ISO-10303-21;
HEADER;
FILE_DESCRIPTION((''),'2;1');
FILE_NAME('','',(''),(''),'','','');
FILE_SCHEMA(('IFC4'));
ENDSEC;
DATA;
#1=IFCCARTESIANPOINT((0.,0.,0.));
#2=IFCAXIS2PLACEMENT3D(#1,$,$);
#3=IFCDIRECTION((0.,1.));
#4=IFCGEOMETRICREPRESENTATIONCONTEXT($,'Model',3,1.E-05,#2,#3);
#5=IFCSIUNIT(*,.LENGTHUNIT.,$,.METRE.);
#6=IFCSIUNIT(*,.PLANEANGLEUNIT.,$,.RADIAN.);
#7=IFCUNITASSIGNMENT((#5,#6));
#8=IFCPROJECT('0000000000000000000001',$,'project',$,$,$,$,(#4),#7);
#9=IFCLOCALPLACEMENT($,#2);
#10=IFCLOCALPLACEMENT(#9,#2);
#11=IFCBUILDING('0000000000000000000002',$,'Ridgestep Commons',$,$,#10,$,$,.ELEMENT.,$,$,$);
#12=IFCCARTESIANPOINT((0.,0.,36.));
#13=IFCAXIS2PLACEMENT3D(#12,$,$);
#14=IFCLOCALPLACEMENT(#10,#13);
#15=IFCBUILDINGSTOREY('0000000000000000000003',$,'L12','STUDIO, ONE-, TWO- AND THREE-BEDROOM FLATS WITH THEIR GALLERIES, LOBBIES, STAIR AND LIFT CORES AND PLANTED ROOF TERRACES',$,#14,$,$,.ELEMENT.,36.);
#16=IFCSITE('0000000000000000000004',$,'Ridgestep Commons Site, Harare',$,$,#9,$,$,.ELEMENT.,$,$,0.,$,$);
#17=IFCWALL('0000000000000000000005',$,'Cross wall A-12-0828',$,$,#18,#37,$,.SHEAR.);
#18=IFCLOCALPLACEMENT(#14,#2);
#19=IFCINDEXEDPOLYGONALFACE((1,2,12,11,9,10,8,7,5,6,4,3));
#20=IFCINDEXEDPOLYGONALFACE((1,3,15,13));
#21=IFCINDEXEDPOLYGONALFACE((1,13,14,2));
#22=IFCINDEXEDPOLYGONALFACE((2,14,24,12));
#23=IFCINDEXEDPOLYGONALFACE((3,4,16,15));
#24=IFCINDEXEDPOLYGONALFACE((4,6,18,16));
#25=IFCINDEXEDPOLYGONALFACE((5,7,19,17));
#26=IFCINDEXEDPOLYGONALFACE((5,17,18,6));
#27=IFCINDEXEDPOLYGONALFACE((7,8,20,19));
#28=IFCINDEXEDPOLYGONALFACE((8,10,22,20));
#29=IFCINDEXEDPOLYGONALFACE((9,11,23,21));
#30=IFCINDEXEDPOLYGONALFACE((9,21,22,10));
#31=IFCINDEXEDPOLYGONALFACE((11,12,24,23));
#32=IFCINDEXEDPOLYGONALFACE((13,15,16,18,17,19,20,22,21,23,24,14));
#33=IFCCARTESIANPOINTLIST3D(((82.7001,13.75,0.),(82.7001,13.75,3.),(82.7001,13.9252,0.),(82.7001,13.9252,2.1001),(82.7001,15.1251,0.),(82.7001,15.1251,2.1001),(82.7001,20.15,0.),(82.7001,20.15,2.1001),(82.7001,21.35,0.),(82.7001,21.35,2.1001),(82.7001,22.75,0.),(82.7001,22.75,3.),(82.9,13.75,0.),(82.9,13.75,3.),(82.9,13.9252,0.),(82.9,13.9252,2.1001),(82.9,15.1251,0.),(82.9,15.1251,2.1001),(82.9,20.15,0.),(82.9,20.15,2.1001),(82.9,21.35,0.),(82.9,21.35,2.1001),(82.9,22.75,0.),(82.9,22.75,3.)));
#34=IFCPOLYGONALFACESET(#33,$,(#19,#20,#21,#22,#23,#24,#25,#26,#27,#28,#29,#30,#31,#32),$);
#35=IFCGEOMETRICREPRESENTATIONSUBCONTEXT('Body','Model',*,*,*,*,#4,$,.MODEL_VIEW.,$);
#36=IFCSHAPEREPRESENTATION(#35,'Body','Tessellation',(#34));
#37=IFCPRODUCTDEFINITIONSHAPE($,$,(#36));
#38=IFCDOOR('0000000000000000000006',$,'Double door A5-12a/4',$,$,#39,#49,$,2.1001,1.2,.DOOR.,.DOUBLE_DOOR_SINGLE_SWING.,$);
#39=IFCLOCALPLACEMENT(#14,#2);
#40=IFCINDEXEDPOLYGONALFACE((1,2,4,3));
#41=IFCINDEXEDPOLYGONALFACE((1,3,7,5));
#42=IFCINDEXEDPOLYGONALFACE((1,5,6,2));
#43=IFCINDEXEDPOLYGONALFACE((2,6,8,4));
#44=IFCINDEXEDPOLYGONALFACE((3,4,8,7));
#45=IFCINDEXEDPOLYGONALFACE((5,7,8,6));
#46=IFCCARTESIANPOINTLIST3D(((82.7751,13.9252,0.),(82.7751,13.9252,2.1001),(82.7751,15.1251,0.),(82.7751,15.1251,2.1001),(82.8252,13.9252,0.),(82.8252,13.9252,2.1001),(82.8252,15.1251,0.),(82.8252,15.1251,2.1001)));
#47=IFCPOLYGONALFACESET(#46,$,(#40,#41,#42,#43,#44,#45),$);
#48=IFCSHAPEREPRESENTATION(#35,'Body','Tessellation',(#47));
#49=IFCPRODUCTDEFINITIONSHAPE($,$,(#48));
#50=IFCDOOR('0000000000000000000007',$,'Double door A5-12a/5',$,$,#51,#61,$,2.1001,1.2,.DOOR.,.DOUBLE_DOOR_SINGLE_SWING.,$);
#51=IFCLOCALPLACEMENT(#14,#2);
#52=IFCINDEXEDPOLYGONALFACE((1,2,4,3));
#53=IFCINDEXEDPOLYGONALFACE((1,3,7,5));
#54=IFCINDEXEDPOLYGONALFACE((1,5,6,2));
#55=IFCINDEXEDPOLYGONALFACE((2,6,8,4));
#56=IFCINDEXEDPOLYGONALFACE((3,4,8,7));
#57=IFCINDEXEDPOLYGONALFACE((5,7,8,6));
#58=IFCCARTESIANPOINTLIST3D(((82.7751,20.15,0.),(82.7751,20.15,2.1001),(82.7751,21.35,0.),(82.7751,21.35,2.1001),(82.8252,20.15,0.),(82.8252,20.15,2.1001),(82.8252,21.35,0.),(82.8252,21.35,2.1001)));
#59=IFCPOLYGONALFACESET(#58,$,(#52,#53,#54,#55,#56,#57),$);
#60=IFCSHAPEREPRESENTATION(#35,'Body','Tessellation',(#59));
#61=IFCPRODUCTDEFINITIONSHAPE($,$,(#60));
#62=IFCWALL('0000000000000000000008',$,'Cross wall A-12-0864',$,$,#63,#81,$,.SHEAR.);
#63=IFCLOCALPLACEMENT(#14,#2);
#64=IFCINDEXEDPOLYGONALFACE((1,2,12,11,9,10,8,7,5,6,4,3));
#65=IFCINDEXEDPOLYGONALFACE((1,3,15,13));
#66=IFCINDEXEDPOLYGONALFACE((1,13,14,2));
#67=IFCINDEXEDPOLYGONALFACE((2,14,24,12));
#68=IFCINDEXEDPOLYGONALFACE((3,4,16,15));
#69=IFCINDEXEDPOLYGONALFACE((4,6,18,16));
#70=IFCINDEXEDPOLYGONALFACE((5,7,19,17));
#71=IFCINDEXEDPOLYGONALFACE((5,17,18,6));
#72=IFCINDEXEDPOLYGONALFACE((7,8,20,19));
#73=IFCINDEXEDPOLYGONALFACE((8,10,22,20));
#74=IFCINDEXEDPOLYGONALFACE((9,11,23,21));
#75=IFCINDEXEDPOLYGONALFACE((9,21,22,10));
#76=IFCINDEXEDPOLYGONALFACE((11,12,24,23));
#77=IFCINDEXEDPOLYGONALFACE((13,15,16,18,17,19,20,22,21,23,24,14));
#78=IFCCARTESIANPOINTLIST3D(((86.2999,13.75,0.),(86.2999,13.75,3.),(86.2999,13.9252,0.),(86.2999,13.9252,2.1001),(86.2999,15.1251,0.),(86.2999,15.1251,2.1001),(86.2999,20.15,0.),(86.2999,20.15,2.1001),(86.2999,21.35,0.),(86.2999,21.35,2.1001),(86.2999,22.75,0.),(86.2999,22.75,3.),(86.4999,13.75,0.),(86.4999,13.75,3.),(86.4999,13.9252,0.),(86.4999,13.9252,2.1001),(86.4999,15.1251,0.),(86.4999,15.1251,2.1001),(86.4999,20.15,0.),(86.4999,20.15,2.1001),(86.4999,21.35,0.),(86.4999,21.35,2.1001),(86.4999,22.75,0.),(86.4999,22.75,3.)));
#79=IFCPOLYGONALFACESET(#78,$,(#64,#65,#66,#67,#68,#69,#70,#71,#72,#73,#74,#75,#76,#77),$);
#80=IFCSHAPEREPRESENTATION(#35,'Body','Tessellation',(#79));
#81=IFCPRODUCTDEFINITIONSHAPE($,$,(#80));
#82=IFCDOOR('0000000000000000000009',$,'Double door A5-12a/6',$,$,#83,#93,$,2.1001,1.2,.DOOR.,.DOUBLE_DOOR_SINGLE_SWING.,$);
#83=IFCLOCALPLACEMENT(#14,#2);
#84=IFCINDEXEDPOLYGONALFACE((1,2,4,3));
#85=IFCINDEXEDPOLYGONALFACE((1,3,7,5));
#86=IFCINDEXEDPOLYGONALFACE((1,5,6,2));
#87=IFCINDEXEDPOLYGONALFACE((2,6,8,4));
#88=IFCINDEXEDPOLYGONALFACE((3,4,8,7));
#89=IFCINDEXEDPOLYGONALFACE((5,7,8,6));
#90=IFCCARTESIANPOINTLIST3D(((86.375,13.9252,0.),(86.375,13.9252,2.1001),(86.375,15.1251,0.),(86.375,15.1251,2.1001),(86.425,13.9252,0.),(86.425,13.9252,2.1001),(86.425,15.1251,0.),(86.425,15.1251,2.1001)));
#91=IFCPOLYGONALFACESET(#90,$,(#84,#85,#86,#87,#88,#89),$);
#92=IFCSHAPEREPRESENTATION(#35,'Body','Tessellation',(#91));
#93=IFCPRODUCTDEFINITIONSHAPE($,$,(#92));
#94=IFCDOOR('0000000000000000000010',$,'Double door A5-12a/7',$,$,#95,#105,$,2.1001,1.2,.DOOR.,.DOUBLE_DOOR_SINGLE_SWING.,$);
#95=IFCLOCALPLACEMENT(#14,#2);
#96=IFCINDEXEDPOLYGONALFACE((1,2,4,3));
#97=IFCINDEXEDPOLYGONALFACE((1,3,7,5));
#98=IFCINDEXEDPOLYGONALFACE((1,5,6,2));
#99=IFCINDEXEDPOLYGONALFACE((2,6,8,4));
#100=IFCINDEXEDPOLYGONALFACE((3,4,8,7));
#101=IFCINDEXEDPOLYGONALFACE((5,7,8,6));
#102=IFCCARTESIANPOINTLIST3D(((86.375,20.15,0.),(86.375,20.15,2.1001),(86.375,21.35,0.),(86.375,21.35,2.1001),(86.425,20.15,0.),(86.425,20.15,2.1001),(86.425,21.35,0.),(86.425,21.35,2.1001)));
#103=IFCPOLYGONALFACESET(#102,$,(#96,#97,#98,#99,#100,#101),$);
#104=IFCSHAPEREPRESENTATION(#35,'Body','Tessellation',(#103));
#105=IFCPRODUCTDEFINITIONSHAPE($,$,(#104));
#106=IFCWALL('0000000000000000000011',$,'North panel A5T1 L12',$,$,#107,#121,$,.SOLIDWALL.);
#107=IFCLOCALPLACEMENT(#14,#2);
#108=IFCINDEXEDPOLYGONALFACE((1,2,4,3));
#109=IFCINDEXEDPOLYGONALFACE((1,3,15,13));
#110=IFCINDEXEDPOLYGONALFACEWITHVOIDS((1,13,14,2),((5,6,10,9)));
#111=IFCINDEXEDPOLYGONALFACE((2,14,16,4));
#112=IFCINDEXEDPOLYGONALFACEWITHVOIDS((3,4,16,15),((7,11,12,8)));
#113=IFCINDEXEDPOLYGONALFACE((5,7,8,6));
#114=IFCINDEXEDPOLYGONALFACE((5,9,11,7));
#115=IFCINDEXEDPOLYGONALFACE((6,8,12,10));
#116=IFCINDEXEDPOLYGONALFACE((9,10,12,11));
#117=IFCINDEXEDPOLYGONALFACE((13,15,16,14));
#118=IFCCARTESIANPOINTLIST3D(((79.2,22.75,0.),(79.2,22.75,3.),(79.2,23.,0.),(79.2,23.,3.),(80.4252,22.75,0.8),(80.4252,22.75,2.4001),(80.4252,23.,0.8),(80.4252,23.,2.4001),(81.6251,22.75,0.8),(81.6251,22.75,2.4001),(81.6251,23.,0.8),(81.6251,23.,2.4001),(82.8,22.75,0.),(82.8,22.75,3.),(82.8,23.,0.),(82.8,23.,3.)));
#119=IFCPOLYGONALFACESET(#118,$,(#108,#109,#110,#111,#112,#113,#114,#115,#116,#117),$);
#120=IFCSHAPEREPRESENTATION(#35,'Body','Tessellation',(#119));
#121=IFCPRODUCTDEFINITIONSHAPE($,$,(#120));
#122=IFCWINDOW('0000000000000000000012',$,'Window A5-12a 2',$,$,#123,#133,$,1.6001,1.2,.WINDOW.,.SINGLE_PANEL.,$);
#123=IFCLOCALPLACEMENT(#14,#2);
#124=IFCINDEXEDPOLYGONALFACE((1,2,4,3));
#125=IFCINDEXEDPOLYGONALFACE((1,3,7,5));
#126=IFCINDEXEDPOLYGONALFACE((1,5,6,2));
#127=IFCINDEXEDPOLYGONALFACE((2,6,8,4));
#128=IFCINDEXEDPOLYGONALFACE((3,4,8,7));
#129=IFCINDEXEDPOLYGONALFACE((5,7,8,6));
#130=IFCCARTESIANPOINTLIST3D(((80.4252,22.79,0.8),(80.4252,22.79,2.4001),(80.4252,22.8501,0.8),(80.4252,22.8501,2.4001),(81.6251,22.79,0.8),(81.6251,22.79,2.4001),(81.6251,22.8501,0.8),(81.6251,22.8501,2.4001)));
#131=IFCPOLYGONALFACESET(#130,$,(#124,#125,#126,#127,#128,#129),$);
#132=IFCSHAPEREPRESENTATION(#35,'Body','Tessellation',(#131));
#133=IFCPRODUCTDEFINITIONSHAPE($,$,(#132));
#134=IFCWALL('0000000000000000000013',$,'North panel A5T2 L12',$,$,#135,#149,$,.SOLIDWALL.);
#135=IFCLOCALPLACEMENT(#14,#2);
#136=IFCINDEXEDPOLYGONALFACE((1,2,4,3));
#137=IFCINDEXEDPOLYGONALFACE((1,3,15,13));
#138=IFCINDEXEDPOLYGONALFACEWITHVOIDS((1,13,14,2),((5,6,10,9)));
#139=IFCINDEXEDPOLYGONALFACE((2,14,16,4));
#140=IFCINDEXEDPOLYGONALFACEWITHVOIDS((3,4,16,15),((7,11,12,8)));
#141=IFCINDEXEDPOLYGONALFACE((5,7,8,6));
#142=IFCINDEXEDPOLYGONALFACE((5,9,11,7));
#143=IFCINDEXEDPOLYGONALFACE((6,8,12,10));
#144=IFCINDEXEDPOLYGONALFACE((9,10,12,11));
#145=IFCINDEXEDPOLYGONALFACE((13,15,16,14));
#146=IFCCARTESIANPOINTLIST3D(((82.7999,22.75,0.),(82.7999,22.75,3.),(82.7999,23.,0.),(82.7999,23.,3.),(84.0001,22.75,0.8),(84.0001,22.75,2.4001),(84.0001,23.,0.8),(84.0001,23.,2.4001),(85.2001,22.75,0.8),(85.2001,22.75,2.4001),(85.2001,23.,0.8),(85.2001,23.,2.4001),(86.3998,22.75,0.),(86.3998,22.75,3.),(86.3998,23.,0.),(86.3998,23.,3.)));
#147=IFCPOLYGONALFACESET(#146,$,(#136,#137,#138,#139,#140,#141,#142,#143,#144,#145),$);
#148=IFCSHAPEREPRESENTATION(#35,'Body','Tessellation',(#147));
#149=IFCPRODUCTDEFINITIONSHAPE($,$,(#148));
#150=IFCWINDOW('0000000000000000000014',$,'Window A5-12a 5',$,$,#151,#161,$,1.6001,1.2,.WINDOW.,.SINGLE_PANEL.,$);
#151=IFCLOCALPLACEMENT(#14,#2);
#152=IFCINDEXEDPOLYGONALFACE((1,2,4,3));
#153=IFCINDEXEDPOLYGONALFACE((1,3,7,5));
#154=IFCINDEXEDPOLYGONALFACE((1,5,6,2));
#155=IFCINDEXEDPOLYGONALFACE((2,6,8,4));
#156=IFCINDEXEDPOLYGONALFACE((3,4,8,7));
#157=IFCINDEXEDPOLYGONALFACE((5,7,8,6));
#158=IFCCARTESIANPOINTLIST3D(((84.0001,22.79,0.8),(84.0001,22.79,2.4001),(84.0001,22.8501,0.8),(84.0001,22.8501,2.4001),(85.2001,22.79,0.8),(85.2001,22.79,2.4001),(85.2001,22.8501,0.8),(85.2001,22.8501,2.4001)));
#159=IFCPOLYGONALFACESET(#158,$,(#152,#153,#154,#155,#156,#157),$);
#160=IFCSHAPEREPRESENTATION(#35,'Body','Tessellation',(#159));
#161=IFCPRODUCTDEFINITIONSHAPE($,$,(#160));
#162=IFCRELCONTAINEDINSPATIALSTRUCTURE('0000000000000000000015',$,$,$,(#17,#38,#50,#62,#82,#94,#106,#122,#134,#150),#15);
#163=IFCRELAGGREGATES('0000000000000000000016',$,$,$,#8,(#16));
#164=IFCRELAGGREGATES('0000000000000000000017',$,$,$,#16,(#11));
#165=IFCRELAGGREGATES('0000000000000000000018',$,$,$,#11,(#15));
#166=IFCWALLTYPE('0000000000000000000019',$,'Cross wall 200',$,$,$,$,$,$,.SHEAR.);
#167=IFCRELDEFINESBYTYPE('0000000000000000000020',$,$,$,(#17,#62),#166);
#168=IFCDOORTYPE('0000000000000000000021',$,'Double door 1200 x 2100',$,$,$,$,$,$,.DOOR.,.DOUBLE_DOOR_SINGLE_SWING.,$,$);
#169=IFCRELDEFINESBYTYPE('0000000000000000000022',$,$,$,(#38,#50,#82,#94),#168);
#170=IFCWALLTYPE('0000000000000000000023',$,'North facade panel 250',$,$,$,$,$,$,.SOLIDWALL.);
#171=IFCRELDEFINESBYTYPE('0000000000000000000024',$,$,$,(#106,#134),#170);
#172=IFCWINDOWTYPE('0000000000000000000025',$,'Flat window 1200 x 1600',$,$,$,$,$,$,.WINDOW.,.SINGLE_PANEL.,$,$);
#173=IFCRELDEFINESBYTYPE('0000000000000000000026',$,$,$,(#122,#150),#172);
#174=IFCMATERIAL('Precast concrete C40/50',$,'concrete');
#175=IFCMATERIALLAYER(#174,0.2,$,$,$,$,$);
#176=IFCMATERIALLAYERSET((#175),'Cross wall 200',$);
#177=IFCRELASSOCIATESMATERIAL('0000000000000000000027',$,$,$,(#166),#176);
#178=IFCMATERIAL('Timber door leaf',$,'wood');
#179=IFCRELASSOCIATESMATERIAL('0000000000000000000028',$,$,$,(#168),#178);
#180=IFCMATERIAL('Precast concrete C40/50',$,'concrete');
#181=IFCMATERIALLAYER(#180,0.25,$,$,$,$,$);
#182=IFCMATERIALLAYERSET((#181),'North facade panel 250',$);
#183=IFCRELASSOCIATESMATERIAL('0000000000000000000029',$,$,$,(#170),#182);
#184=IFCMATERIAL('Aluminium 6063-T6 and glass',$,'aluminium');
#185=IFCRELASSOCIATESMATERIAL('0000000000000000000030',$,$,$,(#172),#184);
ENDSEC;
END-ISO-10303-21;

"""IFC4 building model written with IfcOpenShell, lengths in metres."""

from ifc_helpers import new_model, si_unit, direction, frame, frame_2d, origin, place, context, subcontext, project, spatial, rectangle, extrude, material, layer, layer_set, type_object, element, fill, save


model = new_model("IFC4")

# Units and contexts
model_context = context("Model", 3, precision=1e-05, world=origin(), true_north=direction((0.0, 1.0)))
body_context = subcontext(model_context, "Body", "Model", "MODEL_VIEW")
ifc_project = project(units=[si_unit("LENGTHUNIT", "METRE"), si_unit("PLANEANGLEUNIT", "RADIAN")], contexts=[model_context])

# Site, building, storey
site_placement = place(None, origin())
site = spatial("IfcSite", under=ifc_project, at=site_placement, Name="Ridgestep Commons Site, Harare", CompositionType="ELEMENT", RefElevation=0.0)
building_placement = place(site_placement, origin())
building = spatial("IfcBuilding", under=site, at=building_placement, Name="Ridgestep Commons", CompositionType="ELEMENT")
storey_placement = place(building_placement, frame((0.0, 0.0, 36.0)))
storey = spatial("IfcBuildingStorey", under=building, at=storey_placement, Name="L12", Description="STUDIO, ONE-, TWO- AND THREE-BEDROOM FLATS WITH THEIR GALLERIES, LOBBIES, STAIR AND LIFT CORES AND PLANTED ROOF TERRACES", CompositionType="ELEMENT", Elevation=36.0)

# Walls, openings, doors
ifc_material_1 = material(Name="Precast concrete C40/50", Category="concrete")
ifc_layer_1 = layer(ifc_material_1, 0.2)
ifc_layer_set_1 = layer_set([ifc_layer_1], Name="Cross wall 200")
wall_type_1 = type_object("IfcWallType", Name="Cross wall 200", PredefinedType="SHEAR", material=ifc_layer_set_1)
wall_1_placement = place(storey_placement, frame((82.8, 13.75, 0.0), z_axis=(0.0, 0.0, 1.0), x_axis=(0.0, 1.0, 0.0)))
wall_1 = element("IfcWall", 1, at=wall_1_placement, inside=storey, type_object=wall_type_1, Name="Cross wall A-12-0828", PredefinedType="SHEAR", context=body_context, shape_type="SweptSolid", body=[
    extrude(rectangle(XDim=9.0, YDim=0.2, at=frame_2d((4.5, 0.0))), origin(), (0.0, 0.0, 1.0), 3.0),
])
opening_1_placement = place(wall_1_placement, frame((0.175, 0.0, 0.0)))
opening_1 = element("IfcOpeningElement", 2, at=opening_1_placement, cuts=wall_1, PredefinedType="OPENING", context=body_context, shape_type="SweptSolid", body=[
    extrude(rectangle(XDim=1.2, YDim=2.1001, at=frame_2d((0.6001, 1.05))), frame((0.0, 0.1099, 0.0), z_axis=(0.0, -1.0, 0.0), x_axis=(1.0, 0.0, 0.0)), (0.0, 0.0, 1.0), 0.22),
])
opening_2_placement = place(wall_1_placement, frame((6.3999, 0.0, 0.0)))
opening_2 = element("IfcOpeningElement", 3, at=opening_2_placement, cuts=wall_1, PredefinedType="OPENING", context=body_context, shape_type="SweptSolid", body=[
    extrude(rectangle(XDim=1.2, YDim=2.1001, at=frame_2d((0.6001, 1.05))), frame((0.0, 0.1099, 0.0), z_axis=(0.0, -1.0, 0.0), x_axis=(1.0, 0.0, 0.0)), (0.0, 0.0, 1.0), 0.22),
])
ifc_material_2 = material(Name="Timber door leaf", Category="wood")
door_type_1 = type_object("IfcDoorType", Name="Double door 1200 x 2100", OperationType="DOUBLE_DOOR_SINGLE_SWING", PredefinedType="DOOR", material=ifc_material_2)
door_1_placement = place(opening_1_placement, origin())
door_1 = element("IfcDoor", 4, at=door_1_placement, inside=storey, type_object=door_type_1, Name="Double door A5-12a/4", OperationType="DOUBLE_DOOR_SINGLE_SWING", OverallHeight=2.1001, OverallWidth=1.2, PredefinedType="DOOR", context=body_context, shape_type="SweptSolid", body=[
    extrude(rectangle(XDim=1.2, YDim=2.1001, at=frame_2d((0.6001, 1.05))), frame((0.0, 0.0249, 0.0), z_axis=(0.0, -1.0, 0.0), x_axis=(1.0, 0.0, 0.0)), (0.0, 0.0, 1.0), 0.05),
])
fill(opening_1, door_1)
door_2_placement = place(opening_2_placement, origin())
door_2 = element("IfcDoor", 5, at=door_2_placement, inside=storey, type_object=door_type_1, Name="Double door A5-12a/5", OperationType="DOUBLE_DOOR_SINGLE_SWING", OverallHeight=2.1001, OverallWidth=1.2, PredefinedType="DOOR", context=body_context, shape_type="SweptSolid", body=[
    extrude(rectangle(XDim=1.2, YDim=2.1001, at=frame_2d((0.6001, 1.05))), frame((0.0, 0.0249, 0.0), z_axis=(0.0, -1.0, 0.0), x_axis=(1.0, 0.0, 0.0)), (0.0, 0.0, 1.0), 0.05),
])
fill(opening_2, door_2)
wall_2_placement = place(storey_placement, frame((86.3999, 13.75, 0.0), z_axis=(0.0, 0.0, 1.0), x_axis=(0.0, 1.0, 0.0)))
wall_2 = element("IfcWall", 6, at=wall_2_placement, inside=storey, type_object=wall_type_1, Name="Cross wall A-12-0864", PredefinedType="SHEAR", context=body_context, shape_type="SweptSolid", body=[
    extrude(rectangle(XDim=9.0, YDim=0.2, at=frame_2d((4.5, 0.0))), origin(), (0.0, 0.0, 1.0), 3.0),
])
opening_3_placement = place(wall_2_placement, frame((0.175, 0.0, 0.0)))
opening_3 = element("IfcOpeningElement", 7, at=opening_3_placement, cuts=wall_2, PredefinedType="OPENING", context=body_context, shape_type="SweptSolid", body=[
    extrude(rectangle(XDim=1.2, YDim=2.1001, at=frame_2d((0.6001, 1.05))), frame((0.0, 0.1099, 0.0), z_axis=(0.0, -1.0, 0.0), x_axis=(1.0, 0.0, 0.0)), (0.0, 0.0, 1.0), 0.22),
])
opening_4_placement = place(wall_2_placement, frame((6.3999, 0.0, 0.0)))
opening_4 = element("IfcOpeningElement", 8, at=opening_4_placement, cuts=wall_2, PredefinedType="OPENING", context=body_context, shape_type="SweptSolid", body=[
    extrude(rectangle(XDim=1.2, YDim=2.1001, at=frame_2d((0.6001, 1.05))), frame((0.0, 0.1099, 0.0), z_axis=(0.0, -1.0, 0.0), x_axis=(1.0, 0.0, 0.0)), (0.0, 0.0, 1.0), 0.22),
])
door_3_placement = place(opening_3_placement, origin())
door_3 = element("IfcDoor", 9, at=door_3_placement, inside=storey, type_object=door_type_1, Name="Double door A5-12a/6", OperationType="DOUBLE_DOOR_SINGLE_SWING", OverallHeight=2.1001, OverallWidth=1.2, PredefinedType="DOOR", context=body_context, shape_type="SweptSolid", body=[
    extrude(rectangle(XDim=1.2, YDim=2.1001, at=frame_2d((0.6001, 1.05))), frame((0.0, 0.0249, 0.0), z_axis=(0.0, -1.0, 0.0), x_axis=(1.0, 0.0, 0.0)), (0.0, 0.0, 1.0), 0.05),
])
fill(opening_3, door_3)
door_4_placement = place(opening_4_placement, origin())
door_4 = element("IfcDoor", 10, at=door_4_placement, inside=storey, type_object=door_type_1, Name="Double door A5-12a/7", OperationType="DOUBLE_DOOR_SINGLE_SWING", OverallHeight=2.1001, OverallWidth=1.2, PredefinedType="DOOR", context=body_context, shape_type="SweptSolid", body=[
    extrude(rectangle(XDim=1.2, YDim=2.1001, at=frame_2d((0.6001, 1.05))), frame((0.0, 0.0249, 0.0), z_axis=(0.0, -1.0, 0.0), x_axis=(1.0, 0.0, 0.0)), (0.0, 0.0, 1.0), 0.05),
])
fill(opening_4, door_4)

# Walls, openings, windows
ifc_material_3 = material(Name="Precast concrete C40/50", Category="concrete")
ifc_layer_2 = layer(ifc_material_3, 0.25)
ifc_layer_set_2 = layer_set([ifc_layer_2], Name="North facade panel 250")
wall_type_2 = type_object("IfcWallType", Name="North facade panel 250", PredefinedType="SOLIDWALL", material=ifc_layer_set_2)
wall_3_placement = place(storey_placement, frame((79.2, 22.875, 0.0), z_axis=(0.0, 0.0, 1.0), x_axis=(1.0, 0.0, 0.0)))
wall_3 = element("IfcWall", 11, at=wall_3_placement, inside=storey, type_object=wall_type_2, Name="North panel A5T1 L12", PredefinedType="SOLIDWALL", context=body_context, shape_type="SweptSolid", body=[
    extrude(rectangle(XDim=3.6001, YDim=0.25, at=frame_2d((1.8, 0.0))), origin(), (0.0, 0.0, 1.0), 3.0),
])
opening_5_placement = place(wall_3_placement, frame((1.2251, 0.0, 0.8)))
opening_5 = element("IfcOpeningElement", 12, at=opening_5_placement, cuts=wall_3, PredefinedType="OPENING", context=body_context, shape_type="SweptSolid", body=[
    extrude(rectangle(XDim=1.2, YDim=1.6001, at=frame_2d((0.6001, 0.8))), frame((0.0, 0.135, 0.0), z_axis=(0.0, -1.0, 0.0), x_axis=(1.0, 0.0, 0.0)), (0.0, 0.0, 1.0), 0.27),
])
ifc_material_4 = material(Name="Aluminium 6063-T6 and glass", Category="aluminium")
window_type_1 = type_object("IfcWindowType", Name="Flat window 1200 x 1600", PartitioningType="SINGLE_PANEL", PredefinedType="WINDOW", material=ifc_material_4)
window_1_placement = place(opening_5_placement, origin())
window_1 = element("IfcWindow", 13, at=window_1_placement, inside=storey, type_object=window_type_1, Name="Window A5-12a 2", OverallHeight=1.6001, OverallWidth=1.2, PartitioningType="SINGLE_PANEL", PredefinedType="WINDOW", context=body_context, shape_type="SweptSolid", body=[
    extrude(rectangle(XDim=1.2, YDim=1.6001, at=frame_2d((0.6001, 0.8))), frame((0.0, -0.0249, 0.0), z_axis=(0.0, -1.0, 0.0), x_axis=(1.0, 0.0, 0.0)), (0.0, 0.0, 1.0), 0.0601),
])
fill(opening_5, window_1)
wall_4_placement = place(storey_placement, frame((82.8, 22.875, 0.0), z_axis=(0.0, 0.0, 1.0), x_axis=(1.0, 0.0, 0.0)))
wall_4 = element("IfcWall", 14, at=wall_4_placement, inside=storey, type_object=wall_type_2, Name="North panel A5T2 L12", PredefinedType="SOLIDWALL", context=body_context, shape_type="SweptSolid", body=[
    extrude(rectangle(XDim=3.5999, YDim=0.25, at=frame_2d((1.7998, 0.0))), origin(), (0.0, 0.0, 1.0), 3.0),
])
opening_6_placement = place(wall_4_placement, frame((1.2, 0.0, 0.8)))
opening_6 = element("IfcOpeningElement", 15, at=opening_6_placement, cuts=wall_4, PredefinedType="OPENING", context=body_context, shape_type="SweptSolid", body=[
    extrude(rectangle(XDim=1.2, YDim=1.6001, at=frame_2d((0.6001, 0.8))), frame((0.0, 0.135, 0.0), z_axis=(0.0, -1.0, 0.0), x_axis=(1.0, 0.0, 0.0)), (0.0, 0.0, 1.0), 0.27),
])
window_2_placement = place(opening_6_placement, origin())
window_2 = element("IfcWindow", 16, at=window_2_placement, inside=storey, type_object=window_type_1, Name="Window A5-12a 5", OverallHeight=1.6001, OverallWidth=1.2, PartitioningType="SINGLE_PANEL", PredefinedType="WINDOW", context=body_context, shape_type="SweptSolid", body=[
    extrude(rectangle(XDim=1.2, YDim=1.6001, at=frame_2d((0.6001, 0.8))), frame((0.0, -0.0249, 0.0), z_axis=(0.0, -1.0, 0.0), x_axis=(1.0, 0.0, 0.0)), (0.0, 0.0, 1.0), 0.0601),
])
fill(opening_6, window_2)

save(model, "model.ifc")
